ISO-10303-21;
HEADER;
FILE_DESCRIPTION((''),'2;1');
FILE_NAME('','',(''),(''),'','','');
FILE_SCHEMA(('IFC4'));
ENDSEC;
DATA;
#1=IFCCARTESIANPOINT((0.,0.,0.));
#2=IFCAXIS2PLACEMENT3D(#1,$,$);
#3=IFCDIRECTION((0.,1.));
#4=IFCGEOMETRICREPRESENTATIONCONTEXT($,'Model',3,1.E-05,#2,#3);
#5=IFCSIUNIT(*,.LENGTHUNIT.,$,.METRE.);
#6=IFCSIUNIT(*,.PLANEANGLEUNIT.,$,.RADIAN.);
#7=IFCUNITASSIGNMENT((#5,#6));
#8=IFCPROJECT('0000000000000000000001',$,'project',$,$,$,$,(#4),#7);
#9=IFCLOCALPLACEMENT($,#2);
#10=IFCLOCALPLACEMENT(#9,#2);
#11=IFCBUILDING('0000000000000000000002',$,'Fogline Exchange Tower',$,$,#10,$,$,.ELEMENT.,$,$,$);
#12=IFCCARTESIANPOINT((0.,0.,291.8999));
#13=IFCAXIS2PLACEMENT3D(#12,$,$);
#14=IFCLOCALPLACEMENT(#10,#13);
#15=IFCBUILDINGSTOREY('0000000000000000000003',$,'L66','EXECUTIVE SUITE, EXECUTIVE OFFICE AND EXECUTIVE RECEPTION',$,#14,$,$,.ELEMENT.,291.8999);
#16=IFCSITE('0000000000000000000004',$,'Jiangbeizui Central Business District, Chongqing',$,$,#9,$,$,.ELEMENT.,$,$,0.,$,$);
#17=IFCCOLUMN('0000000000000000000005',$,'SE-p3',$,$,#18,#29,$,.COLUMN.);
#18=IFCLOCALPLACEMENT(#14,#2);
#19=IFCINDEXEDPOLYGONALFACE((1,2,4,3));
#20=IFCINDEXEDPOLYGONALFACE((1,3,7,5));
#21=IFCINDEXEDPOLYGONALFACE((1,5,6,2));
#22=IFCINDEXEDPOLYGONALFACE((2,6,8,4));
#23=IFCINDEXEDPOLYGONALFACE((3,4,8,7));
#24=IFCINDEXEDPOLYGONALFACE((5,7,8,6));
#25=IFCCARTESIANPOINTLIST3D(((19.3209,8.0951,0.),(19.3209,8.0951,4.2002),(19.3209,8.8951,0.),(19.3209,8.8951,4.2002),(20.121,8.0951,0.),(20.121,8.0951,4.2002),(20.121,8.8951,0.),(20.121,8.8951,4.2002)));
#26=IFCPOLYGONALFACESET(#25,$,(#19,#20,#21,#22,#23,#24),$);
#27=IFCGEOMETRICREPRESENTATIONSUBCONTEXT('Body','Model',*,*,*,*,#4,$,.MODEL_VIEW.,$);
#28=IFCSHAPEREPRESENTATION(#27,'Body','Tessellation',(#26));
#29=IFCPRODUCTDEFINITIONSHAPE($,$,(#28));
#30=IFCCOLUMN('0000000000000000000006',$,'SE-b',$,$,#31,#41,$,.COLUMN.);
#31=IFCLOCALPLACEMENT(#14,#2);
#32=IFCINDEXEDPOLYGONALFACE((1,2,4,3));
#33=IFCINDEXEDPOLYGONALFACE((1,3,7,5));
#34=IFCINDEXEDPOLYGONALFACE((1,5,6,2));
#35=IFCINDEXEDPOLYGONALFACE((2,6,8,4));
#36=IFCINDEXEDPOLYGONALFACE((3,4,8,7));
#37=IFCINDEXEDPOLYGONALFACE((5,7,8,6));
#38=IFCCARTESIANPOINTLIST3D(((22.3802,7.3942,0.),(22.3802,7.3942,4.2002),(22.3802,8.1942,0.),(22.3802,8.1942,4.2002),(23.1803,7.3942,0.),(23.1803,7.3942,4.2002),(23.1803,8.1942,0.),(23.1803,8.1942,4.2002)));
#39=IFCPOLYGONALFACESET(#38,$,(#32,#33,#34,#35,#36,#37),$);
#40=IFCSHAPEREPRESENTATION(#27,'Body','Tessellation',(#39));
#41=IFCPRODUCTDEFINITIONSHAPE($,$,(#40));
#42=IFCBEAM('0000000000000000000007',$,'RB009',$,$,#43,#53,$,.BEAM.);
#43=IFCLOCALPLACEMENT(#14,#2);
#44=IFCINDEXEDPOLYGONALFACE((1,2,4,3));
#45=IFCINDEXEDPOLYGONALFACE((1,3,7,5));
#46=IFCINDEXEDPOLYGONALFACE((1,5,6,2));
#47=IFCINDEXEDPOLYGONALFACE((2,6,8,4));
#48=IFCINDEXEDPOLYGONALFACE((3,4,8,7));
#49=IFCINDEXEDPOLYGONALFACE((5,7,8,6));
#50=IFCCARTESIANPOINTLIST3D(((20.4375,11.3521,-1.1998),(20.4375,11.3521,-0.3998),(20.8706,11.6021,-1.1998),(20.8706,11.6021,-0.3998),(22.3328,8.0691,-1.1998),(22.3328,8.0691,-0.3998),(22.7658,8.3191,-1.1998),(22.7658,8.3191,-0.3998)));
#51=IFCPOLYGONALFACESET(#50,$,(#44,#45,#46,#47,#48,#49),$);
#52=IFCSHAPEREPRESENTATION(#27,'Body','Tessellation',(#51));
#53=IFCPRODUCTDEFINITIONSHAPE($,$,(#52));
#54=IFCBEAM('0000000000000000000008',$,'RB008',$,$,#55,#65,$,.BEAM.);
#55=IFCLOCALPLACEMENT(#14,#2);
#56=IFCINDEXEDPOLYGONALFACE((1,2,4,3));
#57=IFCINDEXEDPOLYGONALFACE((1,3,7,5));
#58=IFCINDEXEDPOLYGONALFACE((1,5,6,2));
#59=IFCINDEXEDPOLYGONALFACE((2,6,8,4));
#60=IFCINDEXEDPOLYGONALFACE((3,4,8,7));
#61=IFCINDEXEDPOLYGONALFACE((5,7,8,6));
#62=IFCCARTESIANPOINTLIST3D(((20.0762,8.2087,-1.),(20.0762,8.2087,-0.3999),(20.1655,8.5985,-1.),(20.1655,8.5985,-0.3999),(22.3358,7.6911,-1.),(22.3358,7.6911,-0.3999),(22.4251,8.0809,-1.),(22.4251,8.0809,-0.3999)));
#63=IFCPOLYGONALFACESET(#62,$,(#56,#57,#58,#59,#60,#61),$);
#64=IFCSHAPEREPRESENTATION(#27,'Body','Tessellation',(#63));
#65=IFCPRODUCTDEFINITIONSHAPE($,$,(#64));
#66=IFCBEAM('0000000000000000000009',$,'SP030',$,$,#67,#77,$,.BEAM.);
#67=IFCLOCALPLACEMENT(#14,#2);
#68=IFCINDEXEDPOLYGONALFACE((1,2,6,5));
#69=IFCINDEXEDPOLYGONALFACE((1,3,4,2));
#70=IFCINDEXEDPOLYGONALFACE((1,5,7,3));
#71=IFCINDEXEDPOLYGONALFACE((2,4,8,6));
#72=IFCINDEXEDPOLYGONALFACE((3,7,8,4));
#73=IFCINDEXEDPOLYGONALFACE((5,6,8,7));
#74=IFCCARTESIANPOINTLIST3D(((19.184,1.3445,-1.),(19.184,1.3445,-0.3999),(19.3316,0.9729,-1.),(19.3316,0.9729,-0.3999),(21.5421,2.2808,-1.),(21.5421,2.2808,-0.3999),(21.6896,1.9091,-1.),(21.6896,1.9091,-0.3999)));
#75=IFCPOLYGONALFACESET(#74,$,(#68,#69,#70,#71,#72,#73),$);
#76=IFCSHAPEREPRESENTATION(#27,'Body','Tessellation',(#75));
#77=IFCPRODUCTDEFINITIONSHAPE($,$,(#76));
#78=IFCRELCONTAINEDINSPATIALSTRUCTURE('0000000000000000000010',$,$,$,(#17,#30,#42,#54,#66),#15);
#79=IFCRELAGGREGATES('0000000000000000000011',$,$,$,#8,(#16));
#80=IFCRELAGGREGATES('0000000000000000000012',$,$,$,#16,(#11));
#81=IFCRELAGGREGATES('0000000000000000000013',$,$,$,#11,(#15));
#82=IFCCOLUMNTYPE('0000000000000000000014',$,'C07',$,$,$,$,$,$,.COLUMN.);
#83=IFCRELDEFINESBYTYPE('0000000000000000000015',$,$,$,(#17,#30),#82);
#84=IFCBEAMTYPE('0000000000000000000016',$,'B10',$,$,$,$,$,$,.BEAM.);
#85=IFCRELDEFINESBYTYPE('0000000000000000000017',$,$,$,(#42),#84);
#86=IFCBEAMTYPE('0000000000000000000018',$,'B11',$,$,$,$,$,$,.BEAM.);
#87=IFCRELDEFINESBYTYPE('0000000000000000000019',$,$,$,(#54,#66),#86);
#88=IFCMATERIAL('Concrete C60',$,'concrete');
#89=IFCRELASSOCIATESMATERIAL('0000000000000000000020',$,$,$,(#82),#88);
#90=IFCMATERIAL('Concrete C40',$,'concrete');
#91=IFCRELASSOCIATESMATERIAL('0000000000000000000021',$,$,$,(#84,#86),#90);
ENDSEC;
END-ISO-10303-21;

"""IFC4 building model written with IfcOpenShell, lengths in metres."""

from ifc_helpers import new_model, si_unit, direction, frame, origin, origin_2d, place, context, subcontext, project, spatial, rectangle, extrude, material, material_profile, profile_set, type_object, element, save


model = new_model("IFC4")

# Units and contexts
model_context = context("Model", 3, precision=1e-05, world=origin(), true_north=direction((0.0, 1.0)))
body_context = subcontext(model_context, "Body", "Model", "MODEL_VIEW")
ifc_project = project(units=[si_unit("LENGTHUNIT", "METRE"), si_unit("PLANEANGLEUNIT", "RADIAN")], contexts=[model_context])

# Site, building, storey
site_placement = place(None, origin())
site = spatial("IfcSite", under=ifc_project, at=site_placement, Name="Jiangbeizui Central Business District, Chongqing", CompositionType="ELEMENT", RefElevation=0.0)
building_placement = place(site_placement, origin())
building = spatial("IfcBuilding", under=site, at=building_placement, Name="Fogline Exchange Tower", CompositionType="ELEMENT")
storey_placement = place(building_placement, frame((0.0, 0.0, 291.8999)))
storey = spatial("IfcBuildingStorey", under=building, at=storey_placement, Name="L66", Description="EXECUTIVE SUITE, EXECUTIVE OFFICE AND EXECUTIVE RECEPTION", CompositionType="ELEMENT", Elevation=291.8999)

# Columns
ifc_material_1 = material(Name="Concrete C60", Category="concrete")
ifc_material_profile_1 = material_profile(ifc_material_1, rectangle(XDim=0.8, YDim=0.8, at=origin_2d()), Name="RC 800x800")
ifc_profile_set_1 = profile_set([ifc_material_profile_1], Name="Concrete C60")
column_type = type_object("IfcColumnType", Name="C07", PredefinedType="COLUMN", material=ifc_profile_set_1)
for number, where, z_axis, x_axis, name in (
    (1, (19.7209, 8.4951, 0.0), (0.0, 0.0, 1.0), (1.0, 0.0, 0.0), "SE-p3"),
    (2, (22.7803, 7.7942, 0.0), (0.0, 0.0, 1.0), (1.0, 0.0, 0.0), "SE-b"),
):
    element("IfcColumn", number, at=place(storey_placement, frame(where, z_axis=z_axis, x_axis=x_axis)), inside=storey, type_object=column_type, Name=name, PredefinedType="COLUMN", context=body_context, shape_type="SweptSolid", body=[
        extrude(rectangle(XDim=0.8, YDim=0.8, at=origin_2d()), origin(), (0.0, 0.0, 1.0), 4.2002),
    ])

# Beams
ifc_material_2 = material(Name="Concrete C40", Category="concrete")
ifc_material_profile_2 = material_profile(ifc_material_2, rectangle(XDim=0.5, YDim=0.8, at=origin_2d()), Name="RC 500x800")
ifc_profile_set_2 = profile_set([ifc_material_profile_2], Name="Concrete C40")
beam_type_1 = type_object("IfcBeamType", Name="B10", PredefinedType="BEAM", material=ifc_profile_set_2)
beam_1_placement = place(storey_placement, frame((22.5493, 8.1941, -0.7998), z_axis=(-0.49997, 0.866043, 0.0), x_axis=(-0.866043, -0.49997, 0.0)))
element("IfcBeam", 3, at=beam_1_placement, inside=storey, type_object=beam_type_1, Name="RB009", PredefinedType="BEAM", context=body_context, shape_type="SweptSolid", body=[
    extrude(rectangle(XDim=0.5, YDim=0.8, at=origin_2d()), origin(), (0.0, 0.0, 1.0), 3.7908),
])
ifc_material_profile_3 = material_profile(ifc_material_2, rectangle(XDim=0.3999, YDim=0.6001, at=origin_2d()), Name="RC 400x600")
ifc_profile_set_3 = profile_set([ifc_material_profile_3], Name="Concrete C40")
beam_type_2 = type_object("IfcBeamType", Name="B11", PredefinedType="BEAM", material=ifc_profile_set_3)
beam_2_placement = place(storey_placement, frame((20.1208, 8.4036, -0.7), z_axis=(0.974754, -0.223282, 0.0), x_axis=(0.223282, 0.974754, 0.0)))
element("IfcBeam", 4, at=beam_2_placement, inside=storey, type_object=beam_type_2, Name="RB008", PredefinedType="BEAM", context=body_context, shape_type="SweptSolid", body=[
    extrude(rectangle(XDim=0.3999, YDim=0.6001, at=origin_2d()), origin(), (0.0, 0.0, 1.0), 2.3181),
])
beam_3_placement = place(storey_placement, frame((19.2578, 1.1587, -0.7), z_axis=(0.929423, 0.369017, 0.0), x_axis=(-0.369017, 0.929423, 0.0)))
element("IfcBeam", 5, at=beam_3_placement, inside=storey, type_object=beam_type_2, Name="SP030", PredefinedType="BEAM", context=body_context, shape_type="SweptSolid", body=[
    extrude(rectangle(XDim=0.3999, YDim=0.6001, at=origin_2d()), origin(), (0.0, 0.0, 1.0), 2.5371),
])

save(model, "model.ifc")
